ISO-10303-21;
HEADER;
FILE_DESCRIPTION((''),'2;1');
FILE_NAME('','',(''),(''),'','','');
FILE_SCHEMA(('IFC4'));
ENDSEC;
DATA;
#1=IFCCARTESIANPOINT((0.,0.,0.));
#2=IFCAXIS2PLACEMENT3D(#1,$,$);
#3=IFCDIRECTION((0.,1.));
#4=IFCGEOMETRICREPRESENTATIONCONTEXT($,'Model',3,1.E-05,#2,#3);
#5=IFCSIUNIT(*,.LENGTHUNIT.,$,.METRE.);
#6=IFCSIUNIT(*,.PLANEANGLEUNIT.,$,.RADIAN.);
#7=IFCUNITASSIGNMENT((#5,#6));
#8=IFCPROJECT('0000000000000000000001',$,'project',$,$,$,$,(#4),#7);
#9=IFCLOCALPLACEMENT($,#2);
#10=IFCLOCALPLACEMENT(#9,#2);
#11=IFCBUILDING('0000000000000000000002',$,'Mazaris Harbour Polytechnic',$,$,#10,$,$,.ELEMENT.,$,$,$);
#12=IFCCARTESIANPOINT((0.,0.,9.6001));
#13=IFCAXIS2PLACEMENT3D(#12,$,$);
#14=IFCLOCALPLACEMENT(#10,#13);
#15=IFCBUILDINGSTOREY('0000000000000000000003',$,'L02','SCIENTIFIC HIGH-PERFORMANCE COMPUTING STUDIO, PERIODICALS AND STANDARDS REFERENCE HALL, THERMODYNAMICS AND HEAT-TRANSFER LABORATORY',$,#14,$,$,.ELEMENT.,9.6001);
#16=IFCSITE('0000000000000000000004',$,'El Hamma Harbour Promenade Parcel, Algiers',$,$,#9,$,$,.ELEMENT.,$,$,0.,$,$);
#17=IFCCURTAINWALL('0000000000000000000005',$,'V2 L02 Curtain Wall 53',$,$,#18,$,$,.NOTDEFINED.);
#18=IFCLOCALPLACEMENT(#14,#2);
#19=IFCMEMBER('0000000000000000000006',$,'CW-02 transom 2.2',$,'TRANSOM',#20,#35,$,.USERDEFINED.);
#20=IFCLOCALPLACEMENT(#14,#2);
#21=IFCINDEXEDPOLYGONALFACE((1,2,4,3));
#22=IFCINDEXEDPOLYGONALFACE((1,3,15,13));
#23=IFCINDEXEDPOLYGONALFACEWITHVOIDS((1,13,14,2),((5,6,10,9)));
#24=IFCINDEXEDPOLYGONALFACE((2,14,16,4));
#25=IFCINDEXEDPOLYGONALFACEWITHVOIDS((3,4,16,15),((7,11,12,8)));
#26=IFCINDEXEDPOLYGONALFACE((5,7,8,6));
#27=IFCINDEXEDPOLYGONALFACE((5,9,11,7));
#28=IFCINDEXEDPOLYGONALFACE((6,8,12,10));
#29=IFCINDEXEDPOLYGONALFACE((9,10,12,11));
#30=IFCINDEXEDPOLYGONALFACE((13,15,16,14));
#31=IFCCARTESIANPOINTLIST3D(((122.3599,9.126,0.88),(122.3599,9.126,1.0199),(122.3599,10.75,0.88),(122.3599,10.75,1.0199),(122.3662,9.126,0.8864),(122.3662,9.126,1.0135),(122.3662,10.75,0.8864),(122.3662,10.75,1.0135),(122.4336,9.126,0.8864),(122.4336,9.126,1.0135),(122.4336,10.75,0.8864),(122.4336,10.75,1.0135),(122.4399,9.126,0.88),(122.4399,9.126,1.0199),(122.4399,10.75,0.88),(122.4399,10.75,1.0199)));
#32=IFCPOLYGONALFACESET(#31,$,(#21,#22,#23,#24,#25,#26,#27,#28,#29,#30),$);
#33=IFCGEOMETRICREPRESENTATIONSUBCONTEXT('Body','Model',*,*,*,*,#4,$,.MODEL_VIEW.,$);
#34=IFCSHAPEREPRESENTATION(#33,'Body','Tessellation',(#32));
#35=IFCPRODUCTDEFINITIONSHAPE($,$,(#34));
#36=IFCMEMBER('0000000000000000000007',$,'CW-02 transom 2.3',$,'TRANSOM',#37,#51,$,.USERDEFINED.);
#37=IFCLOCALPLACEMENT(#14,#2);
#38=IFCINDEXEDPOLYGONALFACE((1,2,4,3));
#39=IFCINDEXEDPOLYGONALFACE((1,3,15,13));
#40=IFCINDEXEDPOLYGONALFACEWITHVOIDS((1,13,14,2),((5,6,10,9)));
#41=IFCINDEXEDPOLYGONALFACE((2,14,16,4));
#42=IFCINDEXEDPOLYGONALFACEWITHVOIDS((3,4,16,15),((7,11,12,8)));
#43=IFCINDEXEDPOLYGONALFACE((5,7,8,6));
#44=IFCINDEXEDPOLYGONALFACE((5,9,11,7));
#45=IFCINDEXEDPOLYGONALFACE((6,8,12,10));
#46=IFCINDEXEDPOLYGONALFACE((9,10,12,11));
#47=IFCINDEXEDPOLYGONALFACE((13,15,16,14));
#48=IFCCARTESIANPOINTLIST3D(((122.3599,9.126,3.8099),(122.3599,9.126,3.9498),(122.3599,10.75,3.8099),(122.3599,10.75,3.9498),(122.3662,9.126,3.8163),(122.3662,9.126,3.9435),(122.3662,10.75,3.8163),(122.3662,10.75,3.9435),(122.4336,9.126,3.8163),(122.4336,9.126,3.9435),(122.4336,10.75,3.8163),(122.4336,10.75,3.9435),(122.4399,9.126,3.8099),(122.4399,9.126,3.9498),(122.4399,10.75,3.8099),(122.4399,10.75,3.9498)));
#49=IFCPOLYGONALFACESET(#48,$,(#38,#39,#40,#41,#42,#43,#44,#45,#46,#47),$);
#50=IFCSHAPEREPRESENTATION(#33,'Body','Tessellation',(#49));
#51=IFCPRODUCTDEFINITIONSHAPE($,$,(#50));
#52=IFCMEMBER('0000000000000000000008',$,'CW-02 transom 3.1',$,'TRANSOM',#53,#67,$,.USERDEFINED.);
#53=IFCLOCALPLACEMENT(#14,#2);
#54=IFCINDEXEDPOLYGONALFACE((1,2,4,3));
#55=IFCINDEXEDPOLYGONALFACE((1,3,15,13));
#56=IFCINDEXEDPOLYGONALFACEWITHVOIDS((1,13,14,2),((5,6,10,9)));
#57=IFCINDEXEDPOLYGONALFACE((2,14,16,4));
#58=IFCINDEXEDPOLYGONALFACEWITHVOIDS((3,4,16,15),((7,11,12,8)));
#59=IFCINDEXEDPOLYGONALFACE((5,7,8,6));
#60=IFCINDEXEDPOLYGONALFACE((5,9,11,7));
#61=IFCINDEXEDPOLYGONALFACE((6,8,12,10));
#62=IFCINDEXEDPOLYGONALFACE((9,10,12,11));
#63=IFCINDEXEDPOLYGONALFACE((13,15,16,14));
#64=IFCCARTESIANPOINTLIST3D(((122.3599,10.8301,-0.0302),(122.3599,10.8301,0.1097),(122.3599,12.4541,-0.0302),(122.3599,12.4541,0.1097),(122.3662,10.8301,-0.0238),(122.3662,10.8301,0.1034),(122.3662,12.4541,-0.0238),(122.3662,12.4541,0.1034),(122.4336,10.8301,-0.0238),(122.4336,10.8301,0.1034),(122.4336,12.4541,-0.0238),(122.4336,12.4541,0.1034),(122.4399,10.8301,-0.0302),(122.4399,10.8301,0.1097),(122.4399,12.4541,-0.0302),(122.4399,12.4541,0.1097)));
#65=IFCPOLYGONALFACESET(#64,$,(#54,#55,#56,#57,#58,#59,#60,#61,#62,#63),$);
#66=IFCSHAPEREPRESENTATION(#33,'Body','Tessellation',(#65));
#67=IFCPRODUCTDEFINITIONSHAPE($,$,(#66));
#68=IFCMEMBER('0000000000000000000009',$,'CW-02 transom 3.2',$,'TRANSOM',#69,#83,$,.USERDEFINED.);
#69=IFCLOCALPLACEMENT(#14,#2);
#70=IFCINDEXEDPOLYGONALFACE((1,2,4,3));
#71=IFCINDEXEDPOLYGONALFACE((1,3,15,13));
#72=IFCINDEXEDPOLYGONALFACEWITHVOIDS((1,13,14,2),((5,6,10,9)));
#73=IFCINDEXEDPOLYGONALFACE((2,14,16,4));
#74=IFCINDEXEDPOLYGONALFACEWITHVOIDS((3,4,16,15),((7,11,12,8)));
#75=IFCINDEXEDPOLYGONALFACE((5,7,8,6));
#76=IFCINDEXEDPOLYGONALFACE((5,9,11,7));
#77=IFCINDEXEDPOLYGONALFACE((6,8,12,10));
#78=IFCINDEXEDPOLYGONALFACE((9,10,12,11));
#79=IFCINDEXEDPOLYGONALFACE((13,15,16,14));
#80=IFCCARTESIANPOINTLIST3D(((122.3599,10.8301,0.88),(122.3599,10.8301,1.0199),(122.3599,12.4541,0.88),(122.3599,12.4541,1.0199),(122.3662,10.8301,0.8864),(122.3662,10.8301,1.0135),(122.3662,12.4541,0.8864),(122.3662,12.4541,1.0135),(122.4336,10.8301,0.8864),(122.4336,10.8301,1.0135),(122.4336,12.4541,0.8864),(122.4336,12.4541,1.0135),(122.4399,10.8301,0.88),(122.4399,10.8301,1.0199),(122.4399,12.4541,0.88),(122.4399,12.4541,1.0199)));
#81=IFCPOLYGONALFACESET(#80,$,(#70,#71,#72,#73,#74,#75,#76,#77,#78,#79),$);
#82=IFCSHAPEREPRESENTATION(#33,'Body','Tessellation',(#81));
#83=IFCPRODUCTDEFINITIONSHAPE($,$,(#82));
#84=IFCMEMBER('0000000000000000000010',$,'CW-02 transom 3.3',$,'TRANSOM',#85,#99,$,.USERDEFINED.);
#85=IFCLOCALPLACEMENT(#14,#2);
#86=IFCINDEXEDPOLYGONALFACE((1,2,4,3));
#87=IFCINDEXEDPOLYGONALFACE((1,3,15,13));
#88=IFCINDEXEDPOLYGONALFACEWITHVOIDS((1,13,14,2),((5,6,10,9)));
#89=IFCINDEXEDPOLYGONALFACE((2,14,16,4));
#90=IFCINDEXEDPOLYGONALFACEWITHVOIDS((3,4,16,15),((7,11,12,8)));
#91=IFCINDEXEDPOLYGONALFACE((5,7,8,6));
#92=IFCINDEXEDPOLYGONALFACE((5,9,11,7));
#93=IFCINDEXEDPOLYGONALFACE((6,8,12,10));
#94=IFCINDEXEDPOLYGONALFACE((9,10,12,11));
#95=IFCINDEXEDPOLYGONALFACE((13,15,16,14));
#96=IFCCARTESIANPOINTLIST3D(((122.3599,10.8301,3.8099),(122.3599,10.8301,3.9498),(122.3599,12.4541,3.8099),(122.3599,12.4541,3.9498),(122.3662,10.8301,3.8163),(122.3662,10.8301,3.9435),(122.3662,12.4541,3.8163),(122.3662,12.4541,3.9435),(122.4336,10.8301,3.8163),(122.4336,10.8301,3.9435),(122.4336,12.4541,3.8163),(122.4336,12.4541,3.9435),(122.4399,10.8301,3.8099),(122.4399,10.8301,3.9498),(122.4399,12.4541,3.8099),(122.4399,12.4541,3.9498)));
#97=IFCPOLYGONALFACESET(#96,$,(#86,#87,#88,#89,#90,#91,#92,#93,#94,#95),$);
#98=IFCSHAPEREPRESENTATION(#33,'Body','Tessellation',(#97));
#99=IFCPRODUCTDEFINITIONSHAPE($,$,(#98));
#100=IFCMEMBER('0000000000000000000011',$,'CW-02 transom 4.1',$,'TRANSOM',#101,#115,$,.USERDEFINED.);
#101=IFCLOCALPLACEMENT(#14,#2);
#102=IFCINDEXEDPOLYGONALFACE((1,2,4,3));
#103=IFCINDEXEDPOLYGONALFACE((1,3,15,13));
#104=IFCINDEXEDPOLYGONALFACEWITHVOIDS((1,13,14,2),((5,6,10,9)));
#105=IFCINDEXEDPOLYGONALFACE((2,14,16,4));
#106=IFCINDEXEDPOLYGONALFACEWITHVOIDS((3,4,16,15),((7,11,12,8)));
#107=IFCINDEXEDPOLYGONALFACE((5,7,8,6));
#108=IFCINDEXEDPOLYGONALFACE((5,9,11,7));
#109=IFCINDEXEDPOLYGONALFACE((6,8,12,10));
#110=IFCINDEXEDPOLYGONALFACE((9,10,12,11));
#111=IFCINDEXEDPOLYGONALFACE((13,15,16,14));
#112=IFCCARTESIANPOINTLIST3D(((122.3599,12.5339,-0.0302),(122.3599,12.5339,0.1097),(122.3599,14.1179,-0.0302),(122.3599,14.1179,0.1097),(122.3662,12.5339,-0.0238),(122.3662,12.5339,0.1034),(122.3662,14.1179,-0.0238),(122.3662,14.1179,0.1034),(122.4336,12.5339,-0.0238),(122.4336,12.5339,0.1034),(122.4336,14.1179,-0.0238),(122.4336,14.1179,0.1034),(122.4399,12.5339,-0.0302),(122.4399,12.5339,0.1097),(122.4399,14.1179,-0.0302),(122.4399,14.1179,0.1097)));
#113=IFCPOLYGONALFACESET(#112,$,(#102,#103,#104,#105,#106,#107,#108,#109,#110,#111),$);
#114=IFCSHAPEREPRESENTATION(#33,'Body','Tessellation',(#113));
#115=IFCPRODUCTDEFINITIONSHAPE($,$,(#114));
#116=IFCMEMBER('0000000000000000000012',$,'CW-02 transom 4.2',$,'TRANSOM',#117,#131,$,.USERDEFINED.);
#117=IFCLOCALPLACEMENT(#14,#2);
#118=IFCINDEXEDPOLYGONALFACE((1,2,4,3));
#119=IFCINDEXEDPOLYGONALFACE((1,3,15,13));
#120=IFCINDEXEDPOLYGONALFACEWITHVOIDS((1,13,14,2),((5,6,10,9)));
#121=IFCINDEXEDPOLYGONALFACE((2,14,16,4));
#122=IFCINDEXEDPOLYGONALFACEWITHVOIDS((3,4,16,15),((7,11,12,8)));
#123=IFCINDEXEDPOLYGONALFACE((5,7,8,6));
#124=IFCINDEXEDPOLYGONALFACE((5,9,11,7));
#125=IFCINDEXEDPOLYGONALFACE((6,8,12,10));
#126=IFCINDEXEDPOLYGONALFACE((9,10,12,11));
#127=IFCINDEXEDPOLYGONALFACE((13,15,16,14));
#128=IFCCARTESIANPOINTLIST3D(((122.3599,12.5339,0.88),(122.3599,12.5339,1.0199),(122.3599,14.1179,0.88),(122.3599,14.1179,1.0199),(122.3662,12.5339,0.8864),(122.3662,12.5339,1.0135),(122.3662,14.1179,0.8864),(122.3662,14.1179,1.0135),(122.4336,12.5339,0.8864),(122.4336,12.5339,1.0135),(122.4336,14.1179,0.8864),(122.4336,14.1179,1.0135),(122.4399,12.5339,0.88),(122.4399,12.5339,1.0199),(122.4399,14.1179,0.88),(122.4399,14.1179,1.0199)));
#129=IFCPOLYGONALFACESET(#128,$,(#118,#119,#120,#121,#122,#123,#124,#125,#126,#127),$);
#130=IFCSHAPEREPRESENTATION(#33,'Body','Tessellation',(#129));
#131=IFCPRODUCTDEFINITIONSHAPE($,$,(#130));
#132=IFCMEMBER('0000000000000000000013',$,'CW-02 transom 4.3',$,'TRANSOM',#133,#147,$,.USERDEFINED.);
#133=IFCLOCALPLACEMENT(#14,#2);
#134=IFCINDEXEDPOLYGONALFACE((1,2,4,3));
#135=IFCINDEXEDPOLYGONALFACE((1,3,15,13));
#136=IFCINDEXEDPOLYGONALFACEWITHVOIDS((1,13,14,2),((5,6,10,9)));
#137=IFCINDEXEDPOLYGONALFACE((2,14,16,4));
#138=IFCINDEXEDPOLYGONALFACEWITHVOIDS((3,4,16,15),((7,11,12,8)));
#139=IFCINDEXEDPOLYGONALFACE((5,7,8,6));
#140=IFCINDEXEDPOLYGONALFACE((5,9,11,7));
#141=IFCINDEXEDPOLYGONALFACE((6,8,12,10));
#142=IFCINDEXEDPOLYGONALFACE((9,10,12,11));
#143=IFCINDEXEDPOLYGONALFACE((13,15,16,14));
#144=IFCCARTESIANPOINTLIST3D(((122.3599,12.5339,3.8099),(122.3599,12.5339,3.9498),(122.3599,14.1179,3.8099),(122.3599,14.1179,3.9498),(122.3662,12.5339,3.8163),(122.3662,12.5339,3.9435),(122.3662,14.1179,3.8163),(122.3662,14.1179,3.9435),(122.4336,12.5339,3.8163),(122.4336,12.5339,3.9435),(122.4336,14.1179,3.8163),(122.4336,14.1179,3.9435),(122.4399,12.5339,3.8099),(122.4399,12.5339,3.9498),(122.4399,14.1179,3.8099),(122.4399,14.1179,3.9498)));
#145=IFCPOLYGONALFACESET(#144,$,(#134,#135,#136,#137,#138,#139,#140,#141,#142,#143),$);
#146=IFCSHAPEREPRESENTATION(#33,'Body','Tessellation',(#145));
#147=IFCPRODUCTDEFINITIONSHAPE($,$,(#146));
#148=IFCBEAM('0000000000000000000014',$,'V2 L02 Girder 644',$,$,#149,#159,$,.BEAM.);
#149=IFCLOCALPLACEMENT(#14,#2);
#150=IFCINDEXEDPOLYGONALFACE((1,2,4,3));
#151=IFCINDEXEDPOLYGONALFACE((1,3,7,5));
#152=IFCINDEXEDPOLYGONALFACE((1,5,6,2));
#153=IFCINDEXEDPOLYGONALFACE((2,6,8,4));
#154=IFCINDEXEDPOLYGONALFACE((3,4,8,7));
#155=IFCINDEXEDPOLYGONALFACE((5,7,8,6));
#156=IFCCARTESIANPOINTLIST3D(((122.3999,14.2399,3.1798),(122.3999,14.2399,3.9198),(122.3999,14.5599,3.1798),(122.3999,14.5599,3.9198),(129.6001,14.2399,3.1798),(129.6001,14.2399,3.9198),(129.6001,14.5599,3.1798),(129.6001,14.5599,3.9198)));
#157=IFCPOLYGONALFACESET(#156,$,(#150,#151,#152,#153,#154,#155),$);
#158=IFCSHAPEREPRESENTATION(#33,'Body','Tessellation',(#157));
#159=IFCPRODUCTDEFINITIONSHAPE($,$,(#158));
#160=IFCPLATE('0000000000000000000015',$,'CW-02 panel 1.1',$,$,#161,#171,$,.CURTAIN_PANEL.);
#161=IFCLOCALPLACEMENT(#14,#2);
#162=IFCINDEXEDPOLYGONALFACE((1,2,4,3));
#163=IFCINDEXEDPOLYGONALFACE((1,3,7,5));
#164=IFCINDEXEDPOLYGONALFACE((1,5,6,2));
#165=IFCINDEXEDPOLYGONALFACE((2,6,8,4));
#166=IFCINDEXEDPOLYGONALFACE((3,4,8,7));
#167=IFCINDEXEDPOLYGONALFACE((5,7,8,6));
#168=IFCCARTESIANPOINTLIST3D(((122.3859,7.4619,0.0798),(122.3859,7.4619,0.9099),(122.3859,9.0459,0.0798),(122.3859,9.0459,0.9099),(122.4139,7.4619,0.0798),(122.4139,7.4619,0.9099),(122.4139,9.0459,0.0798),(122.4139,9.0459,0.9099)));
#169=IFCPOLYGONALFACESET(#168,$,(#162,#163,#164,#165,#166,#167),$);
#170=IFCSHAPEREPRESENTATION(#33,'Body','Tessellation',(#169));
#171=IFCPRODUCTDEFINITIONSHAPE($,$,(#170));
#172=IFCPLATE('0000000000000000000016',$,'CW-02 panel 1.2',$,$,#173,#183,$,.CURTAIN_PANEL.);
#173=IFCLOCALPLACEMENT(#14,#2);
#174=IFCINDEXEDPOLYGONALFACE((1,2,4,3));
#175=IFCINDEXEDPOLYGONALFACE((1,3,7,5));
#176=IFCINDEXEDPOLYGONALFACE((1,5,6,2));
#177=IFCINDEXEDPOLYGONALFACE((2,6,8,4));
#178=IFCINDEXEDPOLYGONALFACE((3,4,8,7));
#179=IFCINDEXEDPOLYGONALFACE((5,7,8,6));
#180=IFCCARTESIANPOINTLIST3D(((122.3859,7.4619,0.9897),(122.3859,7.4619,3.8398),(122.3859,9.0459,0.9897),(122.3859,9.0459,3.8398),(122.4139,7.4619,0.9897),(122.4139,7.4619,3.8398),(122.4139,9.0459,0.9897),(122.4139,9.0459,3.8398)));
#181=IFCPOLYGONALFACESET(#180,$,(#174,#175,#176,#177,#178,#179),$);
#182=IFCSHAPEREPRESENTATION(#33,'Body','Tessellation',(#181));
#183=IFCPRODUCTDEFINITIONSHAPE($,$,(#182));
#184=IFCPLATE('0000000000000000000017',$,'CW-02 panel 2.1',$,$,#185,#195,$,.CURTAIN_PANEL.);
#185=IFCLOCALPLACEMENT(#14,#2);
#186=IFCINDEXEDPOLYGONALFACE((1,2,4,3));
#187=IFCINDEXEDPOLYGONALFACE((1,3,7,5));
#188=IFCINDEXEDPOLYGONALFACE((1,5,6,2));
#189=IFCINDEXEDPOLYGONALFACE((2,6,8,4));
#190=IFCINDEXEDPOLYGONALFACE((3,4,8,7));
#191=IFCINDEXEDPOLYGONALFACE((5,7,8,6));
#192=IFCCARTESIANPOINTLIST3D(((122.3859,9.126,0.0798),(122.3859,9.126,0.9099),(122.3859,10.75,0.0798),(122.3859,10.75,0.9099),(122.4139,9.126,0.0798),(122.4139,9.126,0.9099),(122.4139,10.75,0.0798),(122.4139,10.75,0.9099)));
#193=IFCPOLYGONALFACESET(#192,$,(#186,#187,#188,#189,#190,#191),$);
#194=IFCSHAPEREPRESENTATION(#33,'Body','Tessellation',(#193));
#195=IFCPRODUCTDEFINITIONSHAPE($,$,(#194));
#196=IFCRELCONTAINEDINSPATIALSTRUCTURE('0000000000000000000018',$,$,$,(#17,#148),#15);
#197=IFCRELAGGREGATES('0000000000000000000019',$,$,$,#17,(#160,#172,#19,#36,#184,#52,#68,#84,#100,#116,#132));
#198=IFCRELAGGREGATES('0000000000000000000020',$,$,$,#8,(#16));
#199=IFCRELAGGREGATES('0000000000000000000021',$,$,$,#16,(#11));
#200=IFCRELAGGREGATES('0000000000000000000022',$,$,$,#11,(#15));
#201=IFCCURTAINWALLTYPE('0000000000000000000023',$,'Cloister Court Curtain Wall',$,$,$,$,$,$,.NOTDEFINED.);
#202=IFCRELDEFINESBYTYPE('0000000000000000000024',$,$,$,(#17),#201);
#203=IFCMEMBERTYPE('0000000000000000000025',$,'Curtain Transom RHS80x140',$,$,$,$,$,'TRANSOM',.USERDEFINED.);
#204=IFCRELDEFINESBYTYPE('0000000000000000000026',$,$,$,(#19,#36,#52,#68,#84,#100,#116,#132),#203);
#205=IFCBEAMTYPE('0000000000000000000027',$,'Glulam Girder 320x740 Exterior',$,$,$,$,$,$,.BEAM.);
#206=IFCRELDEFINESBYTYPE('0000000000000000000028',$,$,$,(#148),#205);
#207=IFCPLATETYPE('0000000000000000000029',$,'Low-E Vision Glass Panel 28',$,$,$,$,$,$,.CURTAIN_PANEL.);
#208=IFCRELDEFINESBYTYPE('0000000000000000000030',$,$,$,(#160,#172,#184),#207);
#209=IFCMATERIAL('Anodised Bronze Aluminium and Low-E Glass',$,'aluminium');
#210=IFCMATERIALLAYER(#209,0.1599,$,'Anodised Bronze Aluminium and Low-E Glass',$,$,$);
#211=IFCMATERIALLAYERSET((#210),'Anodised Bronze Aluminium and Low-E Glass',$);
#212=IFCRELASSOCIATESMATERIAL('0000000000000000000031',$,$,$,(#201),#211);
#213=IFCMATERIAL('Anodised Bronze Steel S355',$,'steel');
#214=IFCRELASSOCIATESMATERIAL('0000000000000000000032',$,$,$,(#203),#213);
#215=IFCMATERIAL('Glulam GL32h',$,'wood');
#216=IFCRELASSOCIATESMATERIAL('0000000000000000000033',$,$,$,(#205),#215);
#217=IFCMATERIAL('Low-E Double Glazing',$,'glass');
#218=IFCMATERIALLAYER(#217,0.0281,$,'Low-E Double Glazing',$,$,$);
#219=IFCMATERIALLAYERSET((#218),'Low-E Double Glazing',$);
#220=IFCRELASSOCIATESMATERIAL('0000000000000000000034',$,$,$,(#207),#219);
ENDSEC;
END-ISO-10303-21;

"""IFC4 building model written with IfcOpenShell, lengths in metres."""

from ifc_helpers import new_model, si_unit, direction, frame, origin, origin_2d, place, context, subcontext, project, spatial, rectangle, hollow_rectangle, extrude, material, layer, layer_set, material_profile, profile_set, type_object, element, aggregate, save


model = new_model("IFC4")

# Units and contexts
model_context = context("Model", 3, precision=1e-05, world=origin(), true_north=direction((0.0, 1.0)))
body_context = subcontext(model_context, "Body", "Model", "MODEL_VIEW")
ifc_project = project(units=[si_unit("LENGTHUNIT", "METRE"), si_unit("PLANEANGLEUNIT", "RADIAN")], contexts=[model_context])

# Site, building, storey
site_placement = place(None, origin())
site = spatial("IfcSite", under=ifc_project, at=site_placement, Name="El Hamma Harbour Promenade Parcel, Algiers", CompositionType="ELEMENT", RefElevation=0.0)
building_placement = place(site_placement, origin())
building = spatial("IfcBuilding", under=site, at=building_placement, Name="Mazaris Harbour Polytechnic", CompositionType="ELEMENT")
storey_placement = place(building_placement, frame((0.0, 0.0, 9.6001)))
storey = spatial("IfcBuildingStorey", under=building, at=storey_placement, Name="L02", Description="SCIENTIFIC HIGH-PERFORMANCE COMPUTING STUDIO, PERIODICALS AND STANDARDS REFERENCE HALL, THERMODYNAMICS AND HEAT-TRANSFER LABORATORY", CompositionType="ELEMENT", Elevation=9.6001)

# Curtain wall, members
ifc_material_1 = material(Name="Anodised Bronze Aluminium and Low-E Glass", Category="aluminium")
ifc_layer_1 = layer(ifc_material_1, 0.1599, Name="Anodised Bronze Aluminium and Low-E Glass")
ifc_layer_set_1 = layer_set([ifc_layer_1], Name="Anodised Bronze Aluminium and Low-E Glass")
curtain_wall_type = type_object("IfcCurtainWallType", Name="Cloister Court Curtain Wall", PredefinedType="NOTDEFINED", material=ifc_layer_set_1)
curtain_wall_placement = place(storey_placement, origin())
curtain_wall = element("IfcCurtainWall", 1, at=curtain_wall_placement, inside=storey, type_object=curtain_wall_type, Name="V2 L02 Curtain Wall 53", PredefinedType="NOTDEFINED")
ifc_material_2 = material(Name="Anodised Bronze Steel S355", Category="steel")
ifc_material_profile_1 = material_profile(ifc_material_2, hollow_rectangle(XDim=0.0801, YDim=0.1399, WallThickness=0.0063, at=origin_2d()), Name="RHS 80x140x6.3")
ifc_profile_set_1 = profile_set([ifc_material_profile_1], Name="Anodised Bronze Steel S355")
member_type_1 = type_object("IfcMemberType", Name="Curtain Transom RHS80x140", ElementType="TRANSOM", PredefinedType="USERDEFINED", material=ifc_profile_set_1)
member_1_placement = place(storey_placement, frame((122.3999, 9.126, 0.95), z_axis=(0.0, 1.0, 0.0), x_axis=(-1.0, 0.0, 0.0)))
member_1 = element("IfcMember", 2, at=member_1_placement, type_object=member_type_1, Name="CW-02 transom 2.2", ObjectType="TRANSOM", PredefinedType="USERDEFINED", context=body_context, shape_type="SweptSolid", body=[
    extrude(hollow_rectangle(XDim=0.0801, YDim=0.1399, WallThickness=0.0063, at=origin_2d()), origin(), (0.0, 0.0, 1.0), 1.624),
])
member_2_placement = place(storey_placement, frame((122.3999, 9.126, 3.8799), z_axis=(0.0, 1.0, 0.0), x_axis=(-1.0, 0.0, 0.0)))
member_2 = element("IfcMember", 3, at=member_2_placement, type_object=member_type_1, Name="CW-02 transom 2.3", ObjectType="TRANSOM", PredefinedType="USERDEFINED", context=body_context, shape_type="SweptSolid", body=[
    extrude(hollow_rectangle(XDim=0.0801, YDim=0.1399, WallThickness=0.0063, at=origin_2d()), origin(), (0.0, 0.0, 1.0), 1.624),
])
member_3_placement = place(storey_placement, frame((122.3999, 10.8301, 0.0398), z_axis=(0.0, 1.0, 0.0), x_axis=(-1.0, 0.0, 0.0)))
member_3 = element("IfcMember", 4, at=member_3_placement, type_object=member_type_1, Name="CW-02 transom 3.1", ObjectType="TRANSOM", PredefinedType="USERDEFINED", context=body_context, shape_type="SweptSolid", body=[
    extrude(hollow_rectangle(XDim=0.0801, YDim=0.1399, WallThickness=0.0063, at=origin_2d()), origin(), (0.0, 0.0, 1.0), 1.624),
])
member_4_placement = place(storey_placement, frame((122.3999, 10.8301, 0.95), z_axis=(0.0, 1.0, 0.0), x_axis=(-1.0, 0.0, 0.0)))
member_4 = element("IfcMember", 5, at=member_4_placement, type_object=member_type_1, Name="CW-02 transom 3.2", ObjectType="TRANSOM", PredefinedType="USERDEFINED", context=body_context, shape_type="SweptSolid", body=[
    extrude(hollow_rectangle(XDim=0.0801, YDim=0.1399, WallThickness=0.0063, at=origin_2d()), origin(), (0.0, 0.0, 1.0), 1.624),
])
member_5_placement = place(storey_placement, frame((122.3999, 10.8301, 3.8799), z_axis=(0.0, 1.0, 0.0), x_axis=(-1.0, 0.0, 0.0)))
member_5 = element("IfcMember", 6, at=member_5_placement, type_object=member_type_1, Name="CW-02 transom 3.3", ObjectType="TRANSOM", PredefinedType="USERDEFINED", context=body_context, shape_type="SweptSolid", body=[
    extrude(hollow_rectangle(XDim=0.0801, YDim=0.1399, WallThickness=0.0063, at=origin_2d()), origin(), (0.0, 0.0, 1.0), 1.624),
])
member_6_placement = place(storey_placement, frame((122.3999, 12.5339, 0.0398), z_axis=(0.0, 1.0, 0.0), x_axis=(-1.0, 0.0, 0.0)))
member_6 = element("IfcMember", 7, at=member_6_placement, type_object=member_type_1, Name="CW-02 transom 4.1", ObjectType="TRANSOM", PredefinedType="USERDEFINED", context=body_context, shape_type="SweptSolid", body=[
    extrude(hollow_rectangle(XDim=0.0801, YDim=0.1399, WallThickness=0.0063, at=origin_2d()), origin(), (0.0, 0.0, 1.0), 1.584),
])
member_7_placement = place(storey_placement, frame((122.3999, 12.5339, 0.95), z_axis=(0.0, 1.0, 0.0), x_axis=(-1.0, 0.0, 0.0)))
member_7 = element("IfcMember", 8, at=member_7_placement, type_object=member_type_1, Name="CW-02 transom 4.2", ObjectType="TRANSOM", PredefinedType="USERDEFINED", context=body_context, shape_type="SweptSolid", body=[
    extrude(hollow_rectangle(XDim=0.0801, YDim=0.1399, WallThickness=0.0063, at=origin_2d()), origin(), (0.0, 0.0, 1.0), 1.584),
])
member_8_placement = place(storey_placement, frame((122.3999, 12.5339, 3.8799), z_axis=(0.0, 1.0, 0.0), x_axis=(-1.0, 0.0, 0.0)))
member_8 = element("IfcMember", 9, at=member_8_placement, type_object=member_type_1, Name="CW-02 transom 4.3", ObjectType="TRANSOM", PredefinedType="USERDEFINED", context=body_context, shape_type="SweptSolid", body=[
    extrude(hollow_rectangle(XDim=0.0801, YDim=0.1399, WallThickness=0.0063, at=origin_2d()), origin(), (0.0, 0.0, 1.0), 1.584),
])

# Beam
ifc_material_3 = material(Name="Glulam GL32h", Category="wood")
ifc_material_profile_2 = material_profile(ifc_material_3, rectangle(XDim=0.3201, YDim=0.74, at=origin_2d()), Name="RECT320x740")
ifc_profile_set_2 = profile_set([ifc_material_profile_2], Name="Glulam GL32h")
beam_type = type_object("IfcBeamType", Name="Glulam Girder 320x740 Exterior", PredefinedType="BEAM", material=ifc_profile_set_2)
beam_placement = place(storey_placement, frame((122.3999, 14.3999, 3.5498), z_axis=(1.0, 0.0, 0.0), x_axis=(0.0, 1.0, 0.0)))
element("IfcBeam", 10, at=beam_placement, inside=storey, type_object=beam_type, Name="V2 L02 Girder 644", PredefinedType="BEAM", context=body_context, shape_type="SweptSolid", body=[
    extrude(rectangle(XDim=0.3201, YDim=0.74, at=origin_2d()), origin(), (0.0, 0.0, 1.0), 7.2002),
])

# Plates
ifc_material_4 = material(Name="Low-E Double Glazing", Category="glass")
ifc_layer_2 = layer(ifc_material_4, 0.0281, Name="Low-E Double Glazing")
ifc_layer_set_2 = layer_set([ifc_layer_2], Name="Low-E Double Glazing")
plate_type = type_object("IfcPlateType", Name="Low-E Vision Glass Panel 28", PredefinedType="CURTAIN_PANEL", material=ifc_layer_set_2)
plate_1_placement = place(storey_placement, frame((122.3999, 8.2539, 0.0798), z_axis=(0.0, 0.0, 1.0), x_axis=(0.0, 1.0, 0.0)))
plate_1 = element("IfcPlate", 11, at=plate_1_placement, type_object=plate_type, Name="CW-02 panel 1.1", PredefinedType="CURTAIN_PANEL", context=body_context, shape_type="SweptSolid", body=[
    extrude(rectangle(XDim=1.584, YDim=0.0281, at=origin_2d()), origin(), (0.0, 0.0, 1.0), 0.8301),
])
plate_2_placement = place(storey_placement, frame((122.3999, 8.2539, 0.9897), z_axis=(0.0, 0.0, 1.0), x_axis=(0.0, 1.0, 0.0)))
plate_2 = element("IfcPlate", 12, at=plate_2_placement, type_object=plate_type, Name="CW-02 panel 1.2", PredefinedType="CURTAIN_PANEL", context=body_context, shape_type="SweptSolid", body=[
    extrude(rectangle(XDim=1.584, YDim=0.0281, at=origin_2d()), origin(), (0.0, 0.0, 1.0), 2.8501),
])
plate_3_placement = place(storey_placement, frame((122.3999, 9.938, 0.0798), z_axis=(0.0, 0.0, 1.0), x_axis=(0.0, 1.0, 0.0)))
plate_3 = element("IfcPlate", 13, at=plate_3_placement, type_object=plate_type, Name="CW-02 panel 2.1", PredefinedType="CURTAIN_PANEL", context=body_context, shape_type="SweptSolid", body=[
    extrude(rectangle(XDim=1.624, YDim=0.0281, at=origin_2d()), origin(), (0.0, 0.0, 1.0), 0.8301),
])
aggregate(curtain_wall, [plate_1, plate_2, member_1, member_2, plate_3, member_3, member_4, member_5, member_6, member_7, member_8])

save(model, "model.ifc")
